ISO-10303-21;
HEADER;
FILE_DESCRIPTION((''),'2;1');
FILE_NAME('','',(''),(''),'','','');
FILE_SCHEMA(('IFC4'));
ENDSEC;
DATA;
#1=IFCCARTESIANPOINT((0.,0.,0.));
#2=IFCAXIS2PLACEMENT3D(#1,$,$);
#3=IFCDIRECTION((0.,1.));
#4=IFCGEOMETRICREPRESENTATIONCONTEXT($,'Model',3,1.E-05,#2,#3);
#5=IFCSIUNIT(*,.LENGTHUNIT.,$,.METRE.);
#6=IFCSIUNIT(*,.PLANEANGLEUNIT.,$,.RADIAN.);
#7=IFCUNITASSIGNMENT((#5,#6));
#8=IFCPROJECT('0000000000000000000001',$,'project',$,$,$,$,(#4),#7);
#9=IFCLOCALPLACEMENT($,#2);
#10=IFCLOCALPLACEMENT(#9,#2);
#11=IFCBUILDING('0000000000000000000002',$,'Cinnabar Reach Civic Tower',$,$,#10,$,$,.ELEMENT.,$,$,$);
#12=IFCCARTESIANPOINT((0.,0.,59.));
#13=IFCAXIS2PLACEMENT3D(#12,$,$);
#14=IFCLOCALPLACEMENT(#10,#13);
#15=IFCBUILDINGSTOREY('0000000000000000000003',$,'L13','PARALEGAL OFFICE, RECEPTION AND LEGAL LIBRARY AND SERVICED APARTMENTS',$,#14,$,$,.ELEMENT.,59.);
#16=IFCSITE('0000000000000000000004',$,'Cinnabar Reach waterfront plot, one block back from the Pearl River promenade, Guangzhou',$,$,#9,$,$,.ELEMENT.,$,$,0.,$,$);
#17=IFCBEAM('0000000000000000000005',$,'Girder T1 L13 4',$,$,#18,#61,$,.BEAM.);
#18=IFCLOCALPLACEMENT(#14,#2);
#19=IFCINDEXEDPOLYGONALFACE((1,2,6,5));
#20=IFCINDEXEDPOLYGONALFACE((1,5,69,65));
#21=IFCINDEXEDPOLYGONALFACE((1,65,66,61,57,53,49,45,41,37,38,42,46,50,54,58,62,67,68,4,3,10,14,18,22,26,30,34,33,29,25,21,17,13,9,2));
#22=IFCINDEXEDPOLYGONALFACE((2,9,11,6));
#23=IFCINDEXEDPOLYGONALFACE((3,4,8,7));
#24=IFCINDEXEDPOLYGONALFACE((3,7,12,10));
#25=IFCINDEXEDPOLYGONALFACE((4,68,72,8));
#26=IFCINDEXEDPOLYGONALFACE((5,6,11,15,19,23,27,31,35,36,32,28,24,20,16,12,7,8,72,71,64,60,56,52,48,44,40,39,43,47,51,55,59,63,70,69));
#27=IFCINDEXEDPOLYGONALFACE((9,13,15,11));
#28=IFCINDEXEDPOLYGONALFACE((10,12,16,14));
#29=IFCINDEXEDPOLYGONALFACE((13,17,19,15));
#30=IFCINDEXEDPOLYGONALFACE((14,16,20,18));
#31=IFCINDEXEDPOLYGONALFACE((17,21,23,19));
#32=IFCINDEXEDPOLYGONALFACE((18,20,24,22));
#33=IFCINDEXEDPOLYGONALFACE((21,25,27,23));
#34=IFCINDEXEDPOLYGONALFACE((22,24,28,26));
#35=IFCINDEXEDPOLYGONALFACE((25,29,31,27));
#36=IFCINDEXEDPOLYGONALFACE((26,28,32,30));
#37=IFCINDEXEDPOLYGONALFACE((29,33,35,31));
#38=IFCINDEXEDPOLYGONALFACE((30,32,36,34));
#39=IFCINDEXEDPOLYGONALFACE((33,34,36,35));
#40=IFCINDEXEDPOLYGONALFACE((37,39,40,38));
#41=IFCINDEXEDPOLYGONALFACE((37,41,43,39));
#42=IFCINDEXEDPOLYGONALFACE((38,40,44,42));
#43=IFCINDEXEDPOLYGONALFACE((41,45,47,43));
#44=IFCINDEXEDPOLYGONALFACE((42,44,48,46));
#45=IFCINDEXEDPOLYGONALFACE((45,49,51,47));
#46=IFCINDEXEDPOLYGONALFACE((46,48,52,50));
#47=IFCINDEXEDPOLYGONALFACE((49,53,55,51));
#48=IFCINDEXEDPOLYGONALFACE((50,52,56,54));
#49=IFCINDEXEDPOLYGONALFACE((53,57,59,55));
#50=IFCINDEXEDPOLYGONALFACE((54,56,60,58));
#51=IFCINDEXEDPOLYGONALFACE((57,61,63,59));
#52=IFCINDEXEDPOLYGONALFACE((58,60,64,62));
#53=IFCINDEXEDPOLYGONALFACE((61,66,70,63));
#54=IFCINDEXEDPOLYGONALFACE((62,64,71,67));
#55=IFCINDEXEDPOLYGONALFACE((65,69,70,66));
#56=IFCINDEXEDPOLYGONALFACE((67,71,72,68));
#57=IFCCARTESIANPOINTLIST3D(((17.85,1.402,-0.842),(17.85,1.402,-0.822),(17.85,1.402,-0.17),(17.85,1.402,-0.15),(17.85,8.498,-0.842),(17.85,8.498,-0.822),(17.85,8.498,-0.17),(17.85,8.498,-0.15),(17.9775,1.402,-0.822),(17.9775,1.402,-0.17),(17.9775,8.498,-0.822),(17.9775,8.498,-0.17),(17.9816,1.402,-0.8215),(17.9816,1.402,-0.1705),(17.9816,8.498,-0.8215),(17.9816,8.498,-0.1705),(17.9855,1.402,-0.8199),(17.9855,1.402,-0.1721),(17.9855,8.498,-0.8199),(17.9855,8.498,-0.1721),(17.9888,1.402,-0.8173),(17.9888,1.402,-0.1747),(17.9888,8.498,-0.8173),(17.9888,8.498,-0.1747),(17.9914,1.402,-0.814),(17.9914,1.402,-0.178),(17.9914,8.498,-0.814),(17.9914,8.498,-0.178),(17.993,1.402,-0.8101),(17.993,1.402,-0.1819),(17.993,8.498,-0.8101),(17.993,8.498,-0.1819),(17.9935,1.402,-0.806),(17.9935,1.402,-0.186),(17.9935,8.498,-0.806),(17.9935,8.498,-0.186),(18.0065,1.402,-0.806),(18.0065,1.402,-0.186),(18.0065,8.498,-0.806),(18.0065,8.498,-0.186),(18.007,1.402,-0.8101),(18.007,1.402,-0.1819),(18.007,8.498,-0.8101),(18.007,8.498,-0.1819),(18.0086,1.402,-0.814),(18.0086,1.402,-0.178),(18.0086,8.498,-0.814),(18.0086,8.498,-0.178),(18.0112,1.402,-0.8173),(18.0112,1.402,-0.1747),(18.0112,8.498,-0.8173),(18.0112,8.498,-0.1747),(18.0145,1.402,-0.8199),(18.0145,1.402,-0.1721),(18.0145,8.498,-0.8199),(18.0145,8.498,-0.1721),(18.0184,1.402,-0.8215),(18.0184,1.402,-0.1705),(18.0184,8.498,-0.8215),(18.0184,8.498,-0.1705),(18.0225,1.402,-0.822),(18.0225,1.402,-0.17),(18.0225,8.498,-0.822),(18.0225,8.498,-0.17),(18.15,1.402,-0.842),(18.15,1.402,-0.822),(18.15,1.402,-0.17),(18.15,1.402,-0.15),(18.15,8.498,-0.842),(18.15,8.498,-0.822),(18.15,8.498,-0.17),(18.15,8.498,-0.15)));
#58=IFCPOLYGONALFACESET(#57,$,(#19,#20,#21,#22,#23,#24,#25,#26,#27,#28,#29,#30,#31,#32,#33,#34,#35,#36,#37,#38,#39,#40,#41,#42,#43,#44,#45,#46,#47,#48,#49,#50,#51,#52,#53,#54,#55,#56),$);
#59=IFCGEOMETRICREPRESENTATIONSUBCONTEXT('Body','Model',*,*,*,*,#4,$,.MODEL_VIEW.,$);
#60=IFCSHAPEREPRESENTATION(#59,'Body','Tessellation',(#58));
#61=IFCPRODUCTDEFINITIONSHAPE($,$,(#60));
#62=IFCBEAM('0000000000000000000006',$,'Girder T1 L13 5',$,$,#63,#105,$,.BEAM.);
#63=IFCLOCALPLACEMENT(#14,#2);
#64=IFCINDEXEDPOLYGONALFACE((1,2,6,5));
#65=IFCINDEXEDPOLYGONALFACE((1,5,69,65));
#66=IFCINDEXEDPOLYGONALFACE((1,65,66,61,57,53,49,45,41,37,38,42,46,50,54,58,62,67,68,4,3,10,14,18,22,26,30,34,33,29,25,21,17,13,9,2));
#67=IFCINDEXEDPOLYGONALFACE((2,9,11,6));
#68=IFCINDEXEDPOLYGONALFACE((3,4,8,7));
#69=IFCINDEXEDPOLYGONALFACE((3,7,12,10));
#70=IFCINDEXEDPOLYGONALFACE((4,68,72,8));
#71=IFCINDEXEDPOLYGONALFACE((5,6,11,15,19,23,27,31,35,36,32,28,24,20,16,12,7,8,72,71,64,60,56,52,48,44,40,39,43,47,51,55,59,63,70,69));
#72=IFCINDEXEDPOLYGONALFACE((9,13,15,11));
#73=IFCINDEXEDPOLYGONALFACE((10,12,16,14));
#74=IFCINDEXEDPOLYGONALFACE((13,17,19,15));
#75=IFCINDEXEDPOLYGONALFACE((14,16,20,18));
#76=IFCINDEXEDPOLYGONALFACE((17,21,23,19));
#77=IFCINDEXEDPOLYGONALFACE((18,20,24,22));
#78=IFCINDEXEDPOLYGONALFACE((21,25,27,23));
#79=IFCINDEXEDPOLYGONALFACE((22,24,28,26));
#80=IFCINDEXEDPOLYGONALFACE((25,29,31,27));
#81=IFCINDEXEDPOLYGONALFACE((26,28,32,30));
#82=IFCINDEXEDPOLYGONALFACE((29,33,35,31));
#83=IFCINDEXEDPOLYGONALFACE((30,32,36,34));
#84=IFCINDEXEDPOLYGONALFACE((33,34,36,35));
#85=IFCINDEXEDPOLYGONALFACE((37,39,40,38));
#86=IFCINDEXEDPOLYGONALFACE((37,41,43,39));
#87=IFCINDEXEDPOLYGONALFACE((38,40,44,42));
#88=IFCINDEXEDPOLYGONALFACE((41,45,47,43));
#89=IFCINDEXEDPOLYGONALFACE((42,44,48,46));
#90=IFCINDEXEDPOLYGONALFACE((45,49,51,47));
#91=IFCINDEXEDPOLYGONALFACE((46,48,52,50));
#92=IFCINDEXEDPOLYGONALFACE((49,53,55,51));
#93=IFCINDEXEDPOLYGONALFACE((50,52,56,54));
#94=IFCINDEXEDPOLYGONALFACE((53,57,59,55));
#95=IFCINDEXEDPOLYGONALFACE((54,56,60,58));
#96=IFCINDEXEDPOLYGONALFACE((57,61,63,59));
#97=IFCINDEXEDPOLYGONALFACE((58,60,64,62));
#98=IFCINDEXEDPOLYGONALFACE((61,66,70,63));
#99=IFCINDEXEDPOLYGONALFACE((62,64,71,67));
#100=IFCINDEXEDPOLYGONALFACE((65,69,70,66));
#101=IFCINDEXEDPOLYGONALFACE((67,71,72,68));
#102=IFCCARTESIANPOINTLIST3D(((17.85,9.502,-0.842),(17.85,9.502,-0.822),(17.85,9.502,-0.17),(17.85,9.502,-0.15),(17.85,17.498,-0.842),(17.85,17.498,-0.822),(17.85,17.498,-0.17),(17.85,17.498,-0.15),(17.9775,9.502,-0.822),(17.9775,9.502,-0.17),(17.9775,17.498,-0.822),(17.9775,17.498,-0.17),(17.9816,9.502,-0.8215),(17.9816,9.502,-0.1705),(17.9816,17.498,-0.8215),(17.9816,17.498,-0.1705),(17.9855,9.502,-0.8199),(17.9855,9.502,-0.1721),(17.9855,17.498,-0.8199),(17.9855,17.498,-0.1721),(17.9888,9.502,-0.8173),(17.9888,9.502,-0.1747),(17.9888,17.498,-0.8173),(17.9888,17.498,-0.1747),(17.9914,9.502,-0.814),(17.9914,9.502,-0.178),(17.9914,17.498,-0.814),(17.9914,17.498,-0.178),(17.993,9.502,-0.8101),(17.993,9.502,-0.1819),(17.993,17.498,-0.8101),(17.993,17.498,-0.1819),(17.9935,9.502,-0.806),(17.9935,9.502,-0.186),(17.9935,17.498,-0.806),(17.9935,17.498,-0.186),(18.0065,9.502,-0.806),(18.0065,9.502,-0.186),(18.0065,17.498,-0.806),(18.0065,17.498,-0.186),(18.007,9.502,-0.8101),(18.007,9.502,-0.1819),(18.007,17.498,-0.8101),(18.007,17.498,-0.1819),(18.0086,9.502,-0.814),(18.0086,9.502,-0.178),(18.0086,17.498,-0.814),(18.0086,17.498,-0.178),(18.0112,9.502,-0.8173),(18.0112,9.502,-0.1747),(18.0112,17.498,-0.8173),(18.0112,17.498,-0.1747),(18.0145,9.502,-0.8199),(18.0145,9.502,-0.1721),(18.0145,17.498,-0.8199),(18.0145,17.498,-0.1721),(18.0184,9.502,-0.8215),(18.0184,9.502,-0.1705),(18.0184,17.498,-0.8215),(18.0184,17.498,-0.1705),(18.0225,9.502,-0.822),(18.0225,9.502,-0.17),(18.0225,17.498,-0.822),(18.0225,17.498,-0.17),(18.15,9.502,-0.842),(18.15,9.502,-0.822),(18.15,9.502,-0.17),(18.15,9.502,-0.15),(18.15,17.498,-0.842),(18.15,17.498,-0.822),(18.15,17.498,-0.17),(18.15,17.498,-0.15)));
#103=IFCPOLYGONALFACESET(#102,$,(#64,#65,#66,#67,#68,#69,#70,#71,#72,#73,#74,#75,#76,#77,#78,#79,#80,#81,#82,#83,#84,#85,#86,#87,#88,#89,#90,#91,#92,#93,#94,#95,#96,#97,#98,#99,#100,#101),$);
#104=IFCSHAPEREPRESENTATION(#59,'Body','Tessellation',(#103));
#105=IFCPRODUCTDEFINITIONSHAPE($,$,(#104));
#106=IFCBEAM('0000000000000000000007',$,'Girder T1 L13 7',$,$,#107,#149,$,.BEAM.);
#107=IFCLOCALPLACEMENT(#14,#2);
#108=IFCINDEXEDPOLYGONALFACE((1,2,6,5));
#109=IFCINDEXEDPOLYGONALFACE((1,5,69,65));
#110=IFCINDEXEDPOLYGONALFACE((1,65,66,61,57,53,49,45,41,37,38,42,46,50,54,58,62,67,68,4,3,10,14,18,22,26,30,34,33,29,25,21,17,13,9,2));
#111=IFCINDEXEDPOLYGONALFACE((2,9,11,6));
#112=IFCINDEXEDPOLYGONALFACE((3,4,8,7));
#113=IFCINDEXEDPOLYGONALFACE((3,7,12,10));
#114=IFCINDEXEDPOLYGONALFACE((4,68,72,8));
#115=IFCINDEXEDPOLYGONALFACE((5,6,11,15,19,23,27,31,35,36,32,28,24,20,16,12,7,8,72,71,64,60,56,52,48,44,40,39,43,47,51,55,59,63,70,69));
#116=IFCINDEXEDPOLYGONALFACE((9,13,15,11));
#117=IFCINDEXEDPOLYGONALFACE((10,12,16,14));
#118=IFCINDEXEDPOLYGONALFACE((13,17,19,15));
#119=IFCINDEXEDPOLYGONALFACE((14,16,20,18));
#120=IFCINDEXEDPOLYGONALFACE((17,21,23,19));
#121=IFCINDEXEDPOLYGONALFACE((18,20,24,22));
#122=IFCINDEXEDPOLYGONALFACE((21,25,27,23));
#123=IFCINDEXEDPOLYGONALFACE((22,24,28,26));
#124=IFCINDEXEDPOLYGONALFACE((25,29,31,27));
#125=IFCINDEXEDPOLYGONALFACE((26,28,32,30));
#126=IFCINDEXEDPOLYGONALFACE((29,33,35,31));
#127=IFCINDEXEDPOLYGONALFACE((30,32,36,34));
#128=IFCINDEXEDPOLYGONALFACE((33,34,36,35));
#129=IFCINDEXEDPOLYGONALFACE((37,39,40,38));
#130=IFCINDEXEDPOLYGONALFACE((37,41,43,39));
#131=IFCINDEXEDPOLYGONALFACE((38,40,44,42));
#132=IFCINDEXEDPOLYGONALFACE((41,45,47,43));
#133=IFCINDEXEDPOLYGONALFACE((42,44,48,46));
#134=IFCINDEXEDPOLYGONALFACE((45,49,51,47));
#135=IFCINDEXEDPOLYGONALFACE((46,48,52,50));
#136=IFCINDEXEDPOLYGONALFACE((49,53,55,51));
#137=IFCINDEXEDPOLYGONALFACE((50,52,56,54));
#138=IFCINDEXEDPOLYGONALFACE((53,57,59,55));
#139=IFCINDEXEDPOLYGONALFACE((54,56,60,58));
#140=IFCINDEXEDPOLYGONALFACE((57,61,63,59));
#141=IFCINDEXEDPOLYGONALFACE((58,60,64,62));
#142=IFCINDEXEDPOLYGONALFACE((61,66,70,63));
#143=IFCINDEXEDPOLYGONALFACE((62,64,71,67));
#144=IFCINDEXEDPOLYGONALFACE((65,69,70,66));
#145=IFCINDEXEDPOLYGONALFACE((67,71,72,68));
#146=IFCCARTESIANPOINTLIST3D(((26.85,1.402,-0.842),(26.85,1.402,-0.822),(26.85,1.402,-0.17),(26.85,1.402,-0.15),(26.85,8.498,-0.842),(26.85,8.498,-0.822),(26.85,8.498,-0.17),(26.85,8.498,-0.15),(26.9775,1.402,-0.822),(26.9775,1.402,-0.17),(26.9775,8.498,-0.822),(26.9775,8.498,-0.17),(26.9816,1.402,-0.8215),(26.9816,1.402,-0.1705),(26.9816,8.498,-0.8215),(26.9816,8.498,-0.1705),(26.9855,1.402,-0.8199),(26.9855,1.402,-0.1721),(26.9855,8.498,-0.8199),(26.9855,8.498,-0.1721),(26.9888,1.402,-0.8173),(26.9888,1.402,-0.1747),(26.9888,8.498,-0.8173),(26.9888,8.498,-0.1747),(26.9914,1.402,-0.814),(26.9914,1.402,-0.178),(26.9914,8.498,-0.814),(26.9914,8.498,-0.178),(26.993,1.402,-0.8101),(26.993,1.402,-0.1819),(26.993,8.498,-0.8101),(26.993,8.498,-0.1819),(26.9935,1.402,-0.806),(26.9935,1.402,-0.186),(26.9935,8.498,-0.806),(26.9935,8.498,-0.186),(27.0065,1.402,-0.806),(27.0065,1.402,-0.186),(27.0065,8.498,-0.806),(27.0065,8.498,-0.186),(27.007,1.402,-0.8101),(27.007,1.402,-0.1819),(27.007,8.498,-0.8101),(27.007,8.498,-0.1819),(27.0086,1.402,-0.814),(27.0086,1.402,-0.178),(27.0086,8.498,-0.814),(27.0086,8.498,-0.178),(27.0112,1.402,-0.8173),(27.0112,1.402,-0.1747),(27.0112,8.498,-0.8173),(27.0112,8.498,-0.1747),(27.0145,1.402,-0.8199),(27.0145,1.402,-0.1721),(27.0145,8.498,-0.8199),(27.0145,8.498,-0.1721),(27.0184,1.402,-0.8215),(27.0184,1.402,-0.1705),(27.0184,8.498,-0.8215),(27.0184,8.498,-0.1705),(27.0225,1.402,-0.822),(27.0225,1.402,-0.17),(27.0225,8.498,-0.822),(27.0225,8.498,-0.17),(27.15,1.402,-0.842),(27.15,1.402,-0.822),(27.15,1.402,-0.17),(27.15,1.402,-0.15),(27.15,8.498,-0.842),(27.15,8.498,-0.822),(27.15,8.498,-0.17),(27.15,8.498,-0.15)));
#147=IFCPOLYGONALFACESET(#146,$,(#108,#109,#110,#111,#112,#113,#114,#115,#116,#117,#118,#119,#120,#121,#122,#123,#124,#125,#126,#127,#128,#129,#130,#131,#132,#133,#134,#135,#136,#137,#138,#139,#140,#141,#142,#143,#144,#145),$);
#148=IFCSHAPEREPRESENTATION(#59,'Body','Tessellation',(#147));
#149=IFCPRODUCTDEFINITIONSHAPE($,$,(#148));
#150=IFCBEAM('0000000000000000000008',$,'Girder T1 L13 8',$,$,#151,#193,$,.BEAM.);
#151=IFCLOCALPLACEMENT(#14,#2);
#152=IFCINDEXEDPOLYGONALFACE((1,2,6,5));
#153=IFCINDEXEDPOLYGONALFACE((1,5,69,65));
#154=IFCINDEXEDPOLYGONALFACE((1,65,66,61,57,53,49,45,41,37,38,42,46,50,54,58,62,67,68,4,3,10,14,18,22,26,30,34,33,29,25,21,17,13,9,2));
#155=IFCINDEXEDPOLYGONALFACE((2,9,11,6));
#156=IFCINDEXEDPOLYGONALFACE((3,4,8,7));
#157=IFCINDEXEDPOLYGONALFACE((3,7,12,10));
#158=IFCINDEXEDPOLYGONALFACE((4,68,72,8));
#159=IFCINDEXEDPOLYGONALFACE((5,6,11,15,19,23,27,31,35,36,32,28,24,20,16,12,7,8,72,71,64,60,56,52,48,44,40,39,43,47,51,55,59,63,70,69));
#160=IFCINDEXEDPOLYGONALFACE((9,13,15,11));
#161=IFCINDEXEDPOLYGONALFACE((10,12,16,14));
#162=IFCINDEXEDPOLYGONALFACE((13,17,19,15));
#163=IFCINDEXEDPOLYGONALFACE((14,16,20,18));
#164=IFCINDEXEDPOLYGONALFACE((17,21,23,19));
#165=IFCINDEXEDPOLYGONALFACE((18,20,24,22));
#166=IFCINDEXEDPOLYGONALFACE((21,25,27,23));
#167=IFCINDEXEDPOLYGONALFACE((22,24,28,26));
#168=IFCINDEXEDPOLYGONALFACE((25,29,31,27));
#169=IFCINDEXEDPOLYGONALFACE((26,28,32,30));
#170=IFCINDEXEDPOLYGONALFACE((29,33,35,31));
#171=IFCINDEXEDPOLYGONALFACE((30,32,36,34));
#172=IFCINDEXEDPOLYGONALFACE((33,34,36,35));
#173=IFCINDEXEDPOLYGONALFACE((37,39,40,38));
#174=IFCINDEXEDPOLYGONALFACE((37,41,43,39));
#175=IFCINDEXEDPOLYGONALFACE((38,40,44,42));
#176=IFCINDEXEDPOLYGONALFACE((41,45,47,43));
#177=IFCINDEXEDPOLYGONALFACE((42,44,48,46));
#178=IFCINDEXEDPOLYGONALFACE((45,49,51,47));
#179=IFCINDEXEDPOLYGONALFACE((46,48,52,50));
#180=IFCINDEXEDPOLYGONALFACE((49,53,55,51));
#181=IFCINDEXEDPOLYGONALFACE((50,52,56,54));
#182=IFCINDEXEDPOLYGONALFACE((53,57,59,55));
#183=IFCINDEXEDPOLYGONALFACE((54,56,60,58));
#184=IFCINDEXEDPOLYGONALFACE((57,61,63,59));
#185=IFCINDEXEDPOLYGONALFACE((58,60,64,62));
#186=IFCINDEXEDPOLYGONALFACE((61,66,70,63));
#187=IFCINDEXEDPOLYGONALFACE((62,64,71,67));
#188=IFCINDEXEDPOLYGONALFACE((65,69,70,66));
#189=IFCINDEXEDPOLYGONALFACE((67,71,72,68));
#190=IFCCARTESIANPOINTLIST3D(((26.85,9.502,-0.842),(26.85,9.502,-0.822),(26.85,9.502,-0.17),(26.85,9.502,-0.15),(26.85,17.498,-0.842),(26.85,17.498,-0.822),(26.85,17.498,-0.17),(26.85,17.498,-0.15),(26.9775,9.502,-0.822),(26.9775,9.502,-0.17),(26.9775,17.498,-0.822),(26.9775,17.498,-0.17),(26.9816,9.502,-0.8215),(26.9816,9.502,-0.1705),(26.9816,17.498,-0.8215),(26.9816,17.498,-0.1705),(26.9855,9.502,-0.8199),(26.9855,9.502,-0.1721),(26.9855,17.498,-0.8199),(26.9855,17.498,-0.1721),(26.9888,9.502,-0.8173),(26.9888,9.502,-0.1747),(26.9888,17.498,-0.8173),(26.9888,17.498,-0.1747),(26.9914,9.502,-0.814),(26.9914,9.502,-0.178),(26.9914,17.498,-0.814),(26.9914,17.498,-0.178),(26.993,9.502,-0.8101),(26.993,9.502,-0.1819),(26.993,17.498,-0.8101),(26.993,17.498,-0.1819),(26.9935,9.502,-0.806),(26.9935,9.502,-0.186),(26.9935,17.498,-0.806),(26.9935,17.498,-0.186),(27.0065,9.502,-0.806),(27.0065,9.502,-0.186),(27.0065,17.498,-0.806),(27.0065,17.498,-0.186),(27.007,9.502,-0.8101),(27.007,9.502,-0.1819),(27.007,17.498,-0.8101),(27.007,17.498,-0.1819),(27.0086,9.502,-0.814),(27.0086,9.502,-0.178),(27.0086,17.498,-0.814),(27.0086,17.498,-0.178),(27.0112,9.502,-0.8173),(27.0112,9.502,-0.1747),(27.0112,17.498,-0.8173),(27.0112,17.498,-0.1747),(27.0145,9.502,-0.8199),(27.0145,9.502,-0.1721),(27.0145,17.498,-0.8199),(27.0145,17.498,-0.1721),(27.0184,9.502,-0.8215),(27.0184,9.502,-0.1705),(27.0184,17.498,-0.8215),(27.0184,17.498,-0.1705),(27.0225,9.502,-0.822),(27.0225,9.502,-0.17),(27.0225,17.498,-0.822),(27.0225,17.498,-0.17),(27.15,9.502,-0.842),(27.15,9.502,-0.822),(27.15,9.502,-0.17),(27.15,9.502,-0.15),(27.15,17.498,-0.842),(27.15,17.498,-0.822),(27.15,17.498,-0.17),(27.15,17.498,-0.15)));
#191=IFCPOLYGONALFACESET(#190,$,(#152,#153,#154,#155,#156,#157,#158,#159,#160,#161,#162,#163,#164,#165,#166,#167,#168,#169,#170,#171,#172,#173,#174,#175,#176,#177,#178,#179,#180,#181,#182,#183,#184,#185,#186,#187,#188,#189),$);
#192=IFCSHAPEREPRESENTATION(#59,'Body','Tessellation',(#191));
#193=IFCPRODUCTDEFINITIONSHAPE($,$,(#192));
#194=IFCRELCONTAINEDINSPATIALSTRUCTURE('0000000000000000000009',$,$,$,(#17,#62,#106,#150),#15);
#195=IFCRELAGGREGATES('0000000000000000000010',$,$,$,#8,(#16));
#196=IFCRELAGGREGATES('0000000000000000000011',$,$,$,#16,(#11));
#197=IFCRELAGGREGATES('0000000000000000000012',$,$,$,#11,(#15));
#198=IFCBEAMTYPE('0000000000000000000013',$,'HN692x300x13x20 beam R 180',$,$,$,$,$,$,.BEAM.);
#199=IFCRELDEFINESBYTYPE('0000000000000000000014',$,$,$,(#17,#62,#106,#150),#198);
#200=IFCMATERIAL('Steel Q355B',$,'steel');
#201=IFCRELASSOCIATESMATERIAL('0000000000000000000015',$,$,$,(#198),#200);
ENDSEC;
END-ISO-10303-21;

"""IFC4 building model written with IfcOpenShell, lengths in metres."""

from ifc_helpers import new_model, si_unit, direction, frame, origin, origin_2d, place, context, subcontext, project, spatial, i_section, extrude, material, material_profile, profile_set, type_object, element, save


model = new_model("IFC4")

# Units and contexts
model_context = context("Model", 3, precision=1e-05, world=origin(), true_north=direction((0.0, 1.0)))
body_context = subcontext(model_context, "Body", "Model", "MODEL_VIEW")
ifc_project = project(units=[si_unit("LENGTHUNIT", "METRE"), si_unit("PLANEANGLEUNIT", "RADIAN")], contexts=[model_context])

# Site, building, storey
site_placement = place(None, origin())
site = spatial("IfcSite", under=ifc_project, at=site_placement, Name="Cinnabar Reach waterfront plot, one block back from the Pearl River promenade, Guangzhou", CompositionType="ELEMENT", RefElevation=0.0)
building_placement = place(site_placement, origin())
building = spatial("IfcBuilding", under=site, at=building_placement, Name="Cinnabar Reach Civic Tower", CompositionType="ELEMENT")
storey_placement = place(building_placement, frame((0.0, 0.0, 59.0)))
storey = spatial("IfcBuildingStorey", under=building, at=storey_placement, Name="L13", Description="PARALEGAL OFFICE, RECEPTION AND LEGAL LIBRARY AND SERVICED APARTMENTS", CompositionType="ELEMENT", Elevation=59.0)

# Beams
ifc_material_1 = material(Name="Steel Q355B", Category="steel")
ifc_material_profile_1 = material_profile(ifc_material_1, i_section(OverallWidth=0.3, OverallDepth=0.692, WebThickness=0.013, FlangeThickness=0.02, FilletRadius=0.016, at=origin_2d()), Name="HN692x300x13x20")
ifc_profile_set_1 = profile_set([ifc_material_profile_1], Name="Steel Q355B")
beam_type_1 = type_object("IfcBeamType", Name="HN692x300x13x20 beam R 180", PredefinedType="BEAM", material=ifc_profile_set_1)
beam_1_placement = place(storey_placement, frame((18.0, 1.402, -0.496), z_axis=(0.0, 1.0, 0.0), x_axis=(-1.0, 0.0, 0.0)))
element("IfcBeam", 1, at=beam_1_placement, inside=storey, type_object=beam_type_1, Name="Girder T1 L13 4", PredefinedType="BEAM", context=body_context, shape_type="SweptSolid", body=[
    extrude(i_section(OverallWidth=0.3, OverallDepth=0.692, WebThickness=0.013, FlangeThickness=0.02, FilletRadius=0.016, at=origin_2d()), origin(), (0.0, 0.0, 1.0), 7.096),
])
beam_2_placement = place(storey_placement, frame((18.0, 9.502, -0.496), z_axis=(0.0, 1.0, 0.0), x_axis=(-1.0, 0.0, 0.0)))
element("IfcBeam", 2, at=beam_2_placement, inside=storey, type_object=beam_type_1, Name="Girder T1 L13 5", PredefinedType="BEAM", context=body_context, shape_type="SweptSolid", body=[
    extrude(i_section(OverallWidth=0.3, OverallDepth=0.692, WebThickness=0.013, FlangeThickness=0.02, FilletRadius=0.016, at=origin_2d()), origin(), (0.0, 0.0, 1.0), 7.996),
])
beam_3_placement = place(storey_placement, frame((27.0, 1.402, -0.496), z_axis=(0.0, 1.0, 0.0), x_axis=(-1.0, 0.0, 0.0)))
element("IfcBeam", 3, at=beam_3_placement, inside=storey, type_object=beam_type_1, Name="Girder T1 L13 7", PredefinedType="BEAM", context=body_context, shape_type="SweptSolid", body=[
    extrude(i_section(OverallWidth=0.3, OverallDepth=0.692, WebThickness=0.013, FlangeThickness=0.02, FilletRadius=0.016, at=origin_2d()), origin(), (0.0, 0.0, 1.0), 7.096),
])
beam_4_placement = place(storey_placement, frame((27.0, 9.502, -0.496), z_axis=(0.0, 1.0, 0.0), x_axis=(-1.0, 0.0, 0.0)))
element("IfcBeam", 4, at=beam_4_placement, inside=storey, type_object=beam_type_1, Name="Girder T1 L13 8", PredefinedType="BEAM", context=body_context, shape_type="SweptSolid", body=[
    extrude(i_section(OverallWidth=0.3, OverallDepth=0.692, WebThickness=0.013, FlangeThickness=0.02, FilletRadius=0.016, at=origin_2d()), origin(), (0.0, 0.0, 1.0), 7.996),
])

save(model, "model.ifc")
